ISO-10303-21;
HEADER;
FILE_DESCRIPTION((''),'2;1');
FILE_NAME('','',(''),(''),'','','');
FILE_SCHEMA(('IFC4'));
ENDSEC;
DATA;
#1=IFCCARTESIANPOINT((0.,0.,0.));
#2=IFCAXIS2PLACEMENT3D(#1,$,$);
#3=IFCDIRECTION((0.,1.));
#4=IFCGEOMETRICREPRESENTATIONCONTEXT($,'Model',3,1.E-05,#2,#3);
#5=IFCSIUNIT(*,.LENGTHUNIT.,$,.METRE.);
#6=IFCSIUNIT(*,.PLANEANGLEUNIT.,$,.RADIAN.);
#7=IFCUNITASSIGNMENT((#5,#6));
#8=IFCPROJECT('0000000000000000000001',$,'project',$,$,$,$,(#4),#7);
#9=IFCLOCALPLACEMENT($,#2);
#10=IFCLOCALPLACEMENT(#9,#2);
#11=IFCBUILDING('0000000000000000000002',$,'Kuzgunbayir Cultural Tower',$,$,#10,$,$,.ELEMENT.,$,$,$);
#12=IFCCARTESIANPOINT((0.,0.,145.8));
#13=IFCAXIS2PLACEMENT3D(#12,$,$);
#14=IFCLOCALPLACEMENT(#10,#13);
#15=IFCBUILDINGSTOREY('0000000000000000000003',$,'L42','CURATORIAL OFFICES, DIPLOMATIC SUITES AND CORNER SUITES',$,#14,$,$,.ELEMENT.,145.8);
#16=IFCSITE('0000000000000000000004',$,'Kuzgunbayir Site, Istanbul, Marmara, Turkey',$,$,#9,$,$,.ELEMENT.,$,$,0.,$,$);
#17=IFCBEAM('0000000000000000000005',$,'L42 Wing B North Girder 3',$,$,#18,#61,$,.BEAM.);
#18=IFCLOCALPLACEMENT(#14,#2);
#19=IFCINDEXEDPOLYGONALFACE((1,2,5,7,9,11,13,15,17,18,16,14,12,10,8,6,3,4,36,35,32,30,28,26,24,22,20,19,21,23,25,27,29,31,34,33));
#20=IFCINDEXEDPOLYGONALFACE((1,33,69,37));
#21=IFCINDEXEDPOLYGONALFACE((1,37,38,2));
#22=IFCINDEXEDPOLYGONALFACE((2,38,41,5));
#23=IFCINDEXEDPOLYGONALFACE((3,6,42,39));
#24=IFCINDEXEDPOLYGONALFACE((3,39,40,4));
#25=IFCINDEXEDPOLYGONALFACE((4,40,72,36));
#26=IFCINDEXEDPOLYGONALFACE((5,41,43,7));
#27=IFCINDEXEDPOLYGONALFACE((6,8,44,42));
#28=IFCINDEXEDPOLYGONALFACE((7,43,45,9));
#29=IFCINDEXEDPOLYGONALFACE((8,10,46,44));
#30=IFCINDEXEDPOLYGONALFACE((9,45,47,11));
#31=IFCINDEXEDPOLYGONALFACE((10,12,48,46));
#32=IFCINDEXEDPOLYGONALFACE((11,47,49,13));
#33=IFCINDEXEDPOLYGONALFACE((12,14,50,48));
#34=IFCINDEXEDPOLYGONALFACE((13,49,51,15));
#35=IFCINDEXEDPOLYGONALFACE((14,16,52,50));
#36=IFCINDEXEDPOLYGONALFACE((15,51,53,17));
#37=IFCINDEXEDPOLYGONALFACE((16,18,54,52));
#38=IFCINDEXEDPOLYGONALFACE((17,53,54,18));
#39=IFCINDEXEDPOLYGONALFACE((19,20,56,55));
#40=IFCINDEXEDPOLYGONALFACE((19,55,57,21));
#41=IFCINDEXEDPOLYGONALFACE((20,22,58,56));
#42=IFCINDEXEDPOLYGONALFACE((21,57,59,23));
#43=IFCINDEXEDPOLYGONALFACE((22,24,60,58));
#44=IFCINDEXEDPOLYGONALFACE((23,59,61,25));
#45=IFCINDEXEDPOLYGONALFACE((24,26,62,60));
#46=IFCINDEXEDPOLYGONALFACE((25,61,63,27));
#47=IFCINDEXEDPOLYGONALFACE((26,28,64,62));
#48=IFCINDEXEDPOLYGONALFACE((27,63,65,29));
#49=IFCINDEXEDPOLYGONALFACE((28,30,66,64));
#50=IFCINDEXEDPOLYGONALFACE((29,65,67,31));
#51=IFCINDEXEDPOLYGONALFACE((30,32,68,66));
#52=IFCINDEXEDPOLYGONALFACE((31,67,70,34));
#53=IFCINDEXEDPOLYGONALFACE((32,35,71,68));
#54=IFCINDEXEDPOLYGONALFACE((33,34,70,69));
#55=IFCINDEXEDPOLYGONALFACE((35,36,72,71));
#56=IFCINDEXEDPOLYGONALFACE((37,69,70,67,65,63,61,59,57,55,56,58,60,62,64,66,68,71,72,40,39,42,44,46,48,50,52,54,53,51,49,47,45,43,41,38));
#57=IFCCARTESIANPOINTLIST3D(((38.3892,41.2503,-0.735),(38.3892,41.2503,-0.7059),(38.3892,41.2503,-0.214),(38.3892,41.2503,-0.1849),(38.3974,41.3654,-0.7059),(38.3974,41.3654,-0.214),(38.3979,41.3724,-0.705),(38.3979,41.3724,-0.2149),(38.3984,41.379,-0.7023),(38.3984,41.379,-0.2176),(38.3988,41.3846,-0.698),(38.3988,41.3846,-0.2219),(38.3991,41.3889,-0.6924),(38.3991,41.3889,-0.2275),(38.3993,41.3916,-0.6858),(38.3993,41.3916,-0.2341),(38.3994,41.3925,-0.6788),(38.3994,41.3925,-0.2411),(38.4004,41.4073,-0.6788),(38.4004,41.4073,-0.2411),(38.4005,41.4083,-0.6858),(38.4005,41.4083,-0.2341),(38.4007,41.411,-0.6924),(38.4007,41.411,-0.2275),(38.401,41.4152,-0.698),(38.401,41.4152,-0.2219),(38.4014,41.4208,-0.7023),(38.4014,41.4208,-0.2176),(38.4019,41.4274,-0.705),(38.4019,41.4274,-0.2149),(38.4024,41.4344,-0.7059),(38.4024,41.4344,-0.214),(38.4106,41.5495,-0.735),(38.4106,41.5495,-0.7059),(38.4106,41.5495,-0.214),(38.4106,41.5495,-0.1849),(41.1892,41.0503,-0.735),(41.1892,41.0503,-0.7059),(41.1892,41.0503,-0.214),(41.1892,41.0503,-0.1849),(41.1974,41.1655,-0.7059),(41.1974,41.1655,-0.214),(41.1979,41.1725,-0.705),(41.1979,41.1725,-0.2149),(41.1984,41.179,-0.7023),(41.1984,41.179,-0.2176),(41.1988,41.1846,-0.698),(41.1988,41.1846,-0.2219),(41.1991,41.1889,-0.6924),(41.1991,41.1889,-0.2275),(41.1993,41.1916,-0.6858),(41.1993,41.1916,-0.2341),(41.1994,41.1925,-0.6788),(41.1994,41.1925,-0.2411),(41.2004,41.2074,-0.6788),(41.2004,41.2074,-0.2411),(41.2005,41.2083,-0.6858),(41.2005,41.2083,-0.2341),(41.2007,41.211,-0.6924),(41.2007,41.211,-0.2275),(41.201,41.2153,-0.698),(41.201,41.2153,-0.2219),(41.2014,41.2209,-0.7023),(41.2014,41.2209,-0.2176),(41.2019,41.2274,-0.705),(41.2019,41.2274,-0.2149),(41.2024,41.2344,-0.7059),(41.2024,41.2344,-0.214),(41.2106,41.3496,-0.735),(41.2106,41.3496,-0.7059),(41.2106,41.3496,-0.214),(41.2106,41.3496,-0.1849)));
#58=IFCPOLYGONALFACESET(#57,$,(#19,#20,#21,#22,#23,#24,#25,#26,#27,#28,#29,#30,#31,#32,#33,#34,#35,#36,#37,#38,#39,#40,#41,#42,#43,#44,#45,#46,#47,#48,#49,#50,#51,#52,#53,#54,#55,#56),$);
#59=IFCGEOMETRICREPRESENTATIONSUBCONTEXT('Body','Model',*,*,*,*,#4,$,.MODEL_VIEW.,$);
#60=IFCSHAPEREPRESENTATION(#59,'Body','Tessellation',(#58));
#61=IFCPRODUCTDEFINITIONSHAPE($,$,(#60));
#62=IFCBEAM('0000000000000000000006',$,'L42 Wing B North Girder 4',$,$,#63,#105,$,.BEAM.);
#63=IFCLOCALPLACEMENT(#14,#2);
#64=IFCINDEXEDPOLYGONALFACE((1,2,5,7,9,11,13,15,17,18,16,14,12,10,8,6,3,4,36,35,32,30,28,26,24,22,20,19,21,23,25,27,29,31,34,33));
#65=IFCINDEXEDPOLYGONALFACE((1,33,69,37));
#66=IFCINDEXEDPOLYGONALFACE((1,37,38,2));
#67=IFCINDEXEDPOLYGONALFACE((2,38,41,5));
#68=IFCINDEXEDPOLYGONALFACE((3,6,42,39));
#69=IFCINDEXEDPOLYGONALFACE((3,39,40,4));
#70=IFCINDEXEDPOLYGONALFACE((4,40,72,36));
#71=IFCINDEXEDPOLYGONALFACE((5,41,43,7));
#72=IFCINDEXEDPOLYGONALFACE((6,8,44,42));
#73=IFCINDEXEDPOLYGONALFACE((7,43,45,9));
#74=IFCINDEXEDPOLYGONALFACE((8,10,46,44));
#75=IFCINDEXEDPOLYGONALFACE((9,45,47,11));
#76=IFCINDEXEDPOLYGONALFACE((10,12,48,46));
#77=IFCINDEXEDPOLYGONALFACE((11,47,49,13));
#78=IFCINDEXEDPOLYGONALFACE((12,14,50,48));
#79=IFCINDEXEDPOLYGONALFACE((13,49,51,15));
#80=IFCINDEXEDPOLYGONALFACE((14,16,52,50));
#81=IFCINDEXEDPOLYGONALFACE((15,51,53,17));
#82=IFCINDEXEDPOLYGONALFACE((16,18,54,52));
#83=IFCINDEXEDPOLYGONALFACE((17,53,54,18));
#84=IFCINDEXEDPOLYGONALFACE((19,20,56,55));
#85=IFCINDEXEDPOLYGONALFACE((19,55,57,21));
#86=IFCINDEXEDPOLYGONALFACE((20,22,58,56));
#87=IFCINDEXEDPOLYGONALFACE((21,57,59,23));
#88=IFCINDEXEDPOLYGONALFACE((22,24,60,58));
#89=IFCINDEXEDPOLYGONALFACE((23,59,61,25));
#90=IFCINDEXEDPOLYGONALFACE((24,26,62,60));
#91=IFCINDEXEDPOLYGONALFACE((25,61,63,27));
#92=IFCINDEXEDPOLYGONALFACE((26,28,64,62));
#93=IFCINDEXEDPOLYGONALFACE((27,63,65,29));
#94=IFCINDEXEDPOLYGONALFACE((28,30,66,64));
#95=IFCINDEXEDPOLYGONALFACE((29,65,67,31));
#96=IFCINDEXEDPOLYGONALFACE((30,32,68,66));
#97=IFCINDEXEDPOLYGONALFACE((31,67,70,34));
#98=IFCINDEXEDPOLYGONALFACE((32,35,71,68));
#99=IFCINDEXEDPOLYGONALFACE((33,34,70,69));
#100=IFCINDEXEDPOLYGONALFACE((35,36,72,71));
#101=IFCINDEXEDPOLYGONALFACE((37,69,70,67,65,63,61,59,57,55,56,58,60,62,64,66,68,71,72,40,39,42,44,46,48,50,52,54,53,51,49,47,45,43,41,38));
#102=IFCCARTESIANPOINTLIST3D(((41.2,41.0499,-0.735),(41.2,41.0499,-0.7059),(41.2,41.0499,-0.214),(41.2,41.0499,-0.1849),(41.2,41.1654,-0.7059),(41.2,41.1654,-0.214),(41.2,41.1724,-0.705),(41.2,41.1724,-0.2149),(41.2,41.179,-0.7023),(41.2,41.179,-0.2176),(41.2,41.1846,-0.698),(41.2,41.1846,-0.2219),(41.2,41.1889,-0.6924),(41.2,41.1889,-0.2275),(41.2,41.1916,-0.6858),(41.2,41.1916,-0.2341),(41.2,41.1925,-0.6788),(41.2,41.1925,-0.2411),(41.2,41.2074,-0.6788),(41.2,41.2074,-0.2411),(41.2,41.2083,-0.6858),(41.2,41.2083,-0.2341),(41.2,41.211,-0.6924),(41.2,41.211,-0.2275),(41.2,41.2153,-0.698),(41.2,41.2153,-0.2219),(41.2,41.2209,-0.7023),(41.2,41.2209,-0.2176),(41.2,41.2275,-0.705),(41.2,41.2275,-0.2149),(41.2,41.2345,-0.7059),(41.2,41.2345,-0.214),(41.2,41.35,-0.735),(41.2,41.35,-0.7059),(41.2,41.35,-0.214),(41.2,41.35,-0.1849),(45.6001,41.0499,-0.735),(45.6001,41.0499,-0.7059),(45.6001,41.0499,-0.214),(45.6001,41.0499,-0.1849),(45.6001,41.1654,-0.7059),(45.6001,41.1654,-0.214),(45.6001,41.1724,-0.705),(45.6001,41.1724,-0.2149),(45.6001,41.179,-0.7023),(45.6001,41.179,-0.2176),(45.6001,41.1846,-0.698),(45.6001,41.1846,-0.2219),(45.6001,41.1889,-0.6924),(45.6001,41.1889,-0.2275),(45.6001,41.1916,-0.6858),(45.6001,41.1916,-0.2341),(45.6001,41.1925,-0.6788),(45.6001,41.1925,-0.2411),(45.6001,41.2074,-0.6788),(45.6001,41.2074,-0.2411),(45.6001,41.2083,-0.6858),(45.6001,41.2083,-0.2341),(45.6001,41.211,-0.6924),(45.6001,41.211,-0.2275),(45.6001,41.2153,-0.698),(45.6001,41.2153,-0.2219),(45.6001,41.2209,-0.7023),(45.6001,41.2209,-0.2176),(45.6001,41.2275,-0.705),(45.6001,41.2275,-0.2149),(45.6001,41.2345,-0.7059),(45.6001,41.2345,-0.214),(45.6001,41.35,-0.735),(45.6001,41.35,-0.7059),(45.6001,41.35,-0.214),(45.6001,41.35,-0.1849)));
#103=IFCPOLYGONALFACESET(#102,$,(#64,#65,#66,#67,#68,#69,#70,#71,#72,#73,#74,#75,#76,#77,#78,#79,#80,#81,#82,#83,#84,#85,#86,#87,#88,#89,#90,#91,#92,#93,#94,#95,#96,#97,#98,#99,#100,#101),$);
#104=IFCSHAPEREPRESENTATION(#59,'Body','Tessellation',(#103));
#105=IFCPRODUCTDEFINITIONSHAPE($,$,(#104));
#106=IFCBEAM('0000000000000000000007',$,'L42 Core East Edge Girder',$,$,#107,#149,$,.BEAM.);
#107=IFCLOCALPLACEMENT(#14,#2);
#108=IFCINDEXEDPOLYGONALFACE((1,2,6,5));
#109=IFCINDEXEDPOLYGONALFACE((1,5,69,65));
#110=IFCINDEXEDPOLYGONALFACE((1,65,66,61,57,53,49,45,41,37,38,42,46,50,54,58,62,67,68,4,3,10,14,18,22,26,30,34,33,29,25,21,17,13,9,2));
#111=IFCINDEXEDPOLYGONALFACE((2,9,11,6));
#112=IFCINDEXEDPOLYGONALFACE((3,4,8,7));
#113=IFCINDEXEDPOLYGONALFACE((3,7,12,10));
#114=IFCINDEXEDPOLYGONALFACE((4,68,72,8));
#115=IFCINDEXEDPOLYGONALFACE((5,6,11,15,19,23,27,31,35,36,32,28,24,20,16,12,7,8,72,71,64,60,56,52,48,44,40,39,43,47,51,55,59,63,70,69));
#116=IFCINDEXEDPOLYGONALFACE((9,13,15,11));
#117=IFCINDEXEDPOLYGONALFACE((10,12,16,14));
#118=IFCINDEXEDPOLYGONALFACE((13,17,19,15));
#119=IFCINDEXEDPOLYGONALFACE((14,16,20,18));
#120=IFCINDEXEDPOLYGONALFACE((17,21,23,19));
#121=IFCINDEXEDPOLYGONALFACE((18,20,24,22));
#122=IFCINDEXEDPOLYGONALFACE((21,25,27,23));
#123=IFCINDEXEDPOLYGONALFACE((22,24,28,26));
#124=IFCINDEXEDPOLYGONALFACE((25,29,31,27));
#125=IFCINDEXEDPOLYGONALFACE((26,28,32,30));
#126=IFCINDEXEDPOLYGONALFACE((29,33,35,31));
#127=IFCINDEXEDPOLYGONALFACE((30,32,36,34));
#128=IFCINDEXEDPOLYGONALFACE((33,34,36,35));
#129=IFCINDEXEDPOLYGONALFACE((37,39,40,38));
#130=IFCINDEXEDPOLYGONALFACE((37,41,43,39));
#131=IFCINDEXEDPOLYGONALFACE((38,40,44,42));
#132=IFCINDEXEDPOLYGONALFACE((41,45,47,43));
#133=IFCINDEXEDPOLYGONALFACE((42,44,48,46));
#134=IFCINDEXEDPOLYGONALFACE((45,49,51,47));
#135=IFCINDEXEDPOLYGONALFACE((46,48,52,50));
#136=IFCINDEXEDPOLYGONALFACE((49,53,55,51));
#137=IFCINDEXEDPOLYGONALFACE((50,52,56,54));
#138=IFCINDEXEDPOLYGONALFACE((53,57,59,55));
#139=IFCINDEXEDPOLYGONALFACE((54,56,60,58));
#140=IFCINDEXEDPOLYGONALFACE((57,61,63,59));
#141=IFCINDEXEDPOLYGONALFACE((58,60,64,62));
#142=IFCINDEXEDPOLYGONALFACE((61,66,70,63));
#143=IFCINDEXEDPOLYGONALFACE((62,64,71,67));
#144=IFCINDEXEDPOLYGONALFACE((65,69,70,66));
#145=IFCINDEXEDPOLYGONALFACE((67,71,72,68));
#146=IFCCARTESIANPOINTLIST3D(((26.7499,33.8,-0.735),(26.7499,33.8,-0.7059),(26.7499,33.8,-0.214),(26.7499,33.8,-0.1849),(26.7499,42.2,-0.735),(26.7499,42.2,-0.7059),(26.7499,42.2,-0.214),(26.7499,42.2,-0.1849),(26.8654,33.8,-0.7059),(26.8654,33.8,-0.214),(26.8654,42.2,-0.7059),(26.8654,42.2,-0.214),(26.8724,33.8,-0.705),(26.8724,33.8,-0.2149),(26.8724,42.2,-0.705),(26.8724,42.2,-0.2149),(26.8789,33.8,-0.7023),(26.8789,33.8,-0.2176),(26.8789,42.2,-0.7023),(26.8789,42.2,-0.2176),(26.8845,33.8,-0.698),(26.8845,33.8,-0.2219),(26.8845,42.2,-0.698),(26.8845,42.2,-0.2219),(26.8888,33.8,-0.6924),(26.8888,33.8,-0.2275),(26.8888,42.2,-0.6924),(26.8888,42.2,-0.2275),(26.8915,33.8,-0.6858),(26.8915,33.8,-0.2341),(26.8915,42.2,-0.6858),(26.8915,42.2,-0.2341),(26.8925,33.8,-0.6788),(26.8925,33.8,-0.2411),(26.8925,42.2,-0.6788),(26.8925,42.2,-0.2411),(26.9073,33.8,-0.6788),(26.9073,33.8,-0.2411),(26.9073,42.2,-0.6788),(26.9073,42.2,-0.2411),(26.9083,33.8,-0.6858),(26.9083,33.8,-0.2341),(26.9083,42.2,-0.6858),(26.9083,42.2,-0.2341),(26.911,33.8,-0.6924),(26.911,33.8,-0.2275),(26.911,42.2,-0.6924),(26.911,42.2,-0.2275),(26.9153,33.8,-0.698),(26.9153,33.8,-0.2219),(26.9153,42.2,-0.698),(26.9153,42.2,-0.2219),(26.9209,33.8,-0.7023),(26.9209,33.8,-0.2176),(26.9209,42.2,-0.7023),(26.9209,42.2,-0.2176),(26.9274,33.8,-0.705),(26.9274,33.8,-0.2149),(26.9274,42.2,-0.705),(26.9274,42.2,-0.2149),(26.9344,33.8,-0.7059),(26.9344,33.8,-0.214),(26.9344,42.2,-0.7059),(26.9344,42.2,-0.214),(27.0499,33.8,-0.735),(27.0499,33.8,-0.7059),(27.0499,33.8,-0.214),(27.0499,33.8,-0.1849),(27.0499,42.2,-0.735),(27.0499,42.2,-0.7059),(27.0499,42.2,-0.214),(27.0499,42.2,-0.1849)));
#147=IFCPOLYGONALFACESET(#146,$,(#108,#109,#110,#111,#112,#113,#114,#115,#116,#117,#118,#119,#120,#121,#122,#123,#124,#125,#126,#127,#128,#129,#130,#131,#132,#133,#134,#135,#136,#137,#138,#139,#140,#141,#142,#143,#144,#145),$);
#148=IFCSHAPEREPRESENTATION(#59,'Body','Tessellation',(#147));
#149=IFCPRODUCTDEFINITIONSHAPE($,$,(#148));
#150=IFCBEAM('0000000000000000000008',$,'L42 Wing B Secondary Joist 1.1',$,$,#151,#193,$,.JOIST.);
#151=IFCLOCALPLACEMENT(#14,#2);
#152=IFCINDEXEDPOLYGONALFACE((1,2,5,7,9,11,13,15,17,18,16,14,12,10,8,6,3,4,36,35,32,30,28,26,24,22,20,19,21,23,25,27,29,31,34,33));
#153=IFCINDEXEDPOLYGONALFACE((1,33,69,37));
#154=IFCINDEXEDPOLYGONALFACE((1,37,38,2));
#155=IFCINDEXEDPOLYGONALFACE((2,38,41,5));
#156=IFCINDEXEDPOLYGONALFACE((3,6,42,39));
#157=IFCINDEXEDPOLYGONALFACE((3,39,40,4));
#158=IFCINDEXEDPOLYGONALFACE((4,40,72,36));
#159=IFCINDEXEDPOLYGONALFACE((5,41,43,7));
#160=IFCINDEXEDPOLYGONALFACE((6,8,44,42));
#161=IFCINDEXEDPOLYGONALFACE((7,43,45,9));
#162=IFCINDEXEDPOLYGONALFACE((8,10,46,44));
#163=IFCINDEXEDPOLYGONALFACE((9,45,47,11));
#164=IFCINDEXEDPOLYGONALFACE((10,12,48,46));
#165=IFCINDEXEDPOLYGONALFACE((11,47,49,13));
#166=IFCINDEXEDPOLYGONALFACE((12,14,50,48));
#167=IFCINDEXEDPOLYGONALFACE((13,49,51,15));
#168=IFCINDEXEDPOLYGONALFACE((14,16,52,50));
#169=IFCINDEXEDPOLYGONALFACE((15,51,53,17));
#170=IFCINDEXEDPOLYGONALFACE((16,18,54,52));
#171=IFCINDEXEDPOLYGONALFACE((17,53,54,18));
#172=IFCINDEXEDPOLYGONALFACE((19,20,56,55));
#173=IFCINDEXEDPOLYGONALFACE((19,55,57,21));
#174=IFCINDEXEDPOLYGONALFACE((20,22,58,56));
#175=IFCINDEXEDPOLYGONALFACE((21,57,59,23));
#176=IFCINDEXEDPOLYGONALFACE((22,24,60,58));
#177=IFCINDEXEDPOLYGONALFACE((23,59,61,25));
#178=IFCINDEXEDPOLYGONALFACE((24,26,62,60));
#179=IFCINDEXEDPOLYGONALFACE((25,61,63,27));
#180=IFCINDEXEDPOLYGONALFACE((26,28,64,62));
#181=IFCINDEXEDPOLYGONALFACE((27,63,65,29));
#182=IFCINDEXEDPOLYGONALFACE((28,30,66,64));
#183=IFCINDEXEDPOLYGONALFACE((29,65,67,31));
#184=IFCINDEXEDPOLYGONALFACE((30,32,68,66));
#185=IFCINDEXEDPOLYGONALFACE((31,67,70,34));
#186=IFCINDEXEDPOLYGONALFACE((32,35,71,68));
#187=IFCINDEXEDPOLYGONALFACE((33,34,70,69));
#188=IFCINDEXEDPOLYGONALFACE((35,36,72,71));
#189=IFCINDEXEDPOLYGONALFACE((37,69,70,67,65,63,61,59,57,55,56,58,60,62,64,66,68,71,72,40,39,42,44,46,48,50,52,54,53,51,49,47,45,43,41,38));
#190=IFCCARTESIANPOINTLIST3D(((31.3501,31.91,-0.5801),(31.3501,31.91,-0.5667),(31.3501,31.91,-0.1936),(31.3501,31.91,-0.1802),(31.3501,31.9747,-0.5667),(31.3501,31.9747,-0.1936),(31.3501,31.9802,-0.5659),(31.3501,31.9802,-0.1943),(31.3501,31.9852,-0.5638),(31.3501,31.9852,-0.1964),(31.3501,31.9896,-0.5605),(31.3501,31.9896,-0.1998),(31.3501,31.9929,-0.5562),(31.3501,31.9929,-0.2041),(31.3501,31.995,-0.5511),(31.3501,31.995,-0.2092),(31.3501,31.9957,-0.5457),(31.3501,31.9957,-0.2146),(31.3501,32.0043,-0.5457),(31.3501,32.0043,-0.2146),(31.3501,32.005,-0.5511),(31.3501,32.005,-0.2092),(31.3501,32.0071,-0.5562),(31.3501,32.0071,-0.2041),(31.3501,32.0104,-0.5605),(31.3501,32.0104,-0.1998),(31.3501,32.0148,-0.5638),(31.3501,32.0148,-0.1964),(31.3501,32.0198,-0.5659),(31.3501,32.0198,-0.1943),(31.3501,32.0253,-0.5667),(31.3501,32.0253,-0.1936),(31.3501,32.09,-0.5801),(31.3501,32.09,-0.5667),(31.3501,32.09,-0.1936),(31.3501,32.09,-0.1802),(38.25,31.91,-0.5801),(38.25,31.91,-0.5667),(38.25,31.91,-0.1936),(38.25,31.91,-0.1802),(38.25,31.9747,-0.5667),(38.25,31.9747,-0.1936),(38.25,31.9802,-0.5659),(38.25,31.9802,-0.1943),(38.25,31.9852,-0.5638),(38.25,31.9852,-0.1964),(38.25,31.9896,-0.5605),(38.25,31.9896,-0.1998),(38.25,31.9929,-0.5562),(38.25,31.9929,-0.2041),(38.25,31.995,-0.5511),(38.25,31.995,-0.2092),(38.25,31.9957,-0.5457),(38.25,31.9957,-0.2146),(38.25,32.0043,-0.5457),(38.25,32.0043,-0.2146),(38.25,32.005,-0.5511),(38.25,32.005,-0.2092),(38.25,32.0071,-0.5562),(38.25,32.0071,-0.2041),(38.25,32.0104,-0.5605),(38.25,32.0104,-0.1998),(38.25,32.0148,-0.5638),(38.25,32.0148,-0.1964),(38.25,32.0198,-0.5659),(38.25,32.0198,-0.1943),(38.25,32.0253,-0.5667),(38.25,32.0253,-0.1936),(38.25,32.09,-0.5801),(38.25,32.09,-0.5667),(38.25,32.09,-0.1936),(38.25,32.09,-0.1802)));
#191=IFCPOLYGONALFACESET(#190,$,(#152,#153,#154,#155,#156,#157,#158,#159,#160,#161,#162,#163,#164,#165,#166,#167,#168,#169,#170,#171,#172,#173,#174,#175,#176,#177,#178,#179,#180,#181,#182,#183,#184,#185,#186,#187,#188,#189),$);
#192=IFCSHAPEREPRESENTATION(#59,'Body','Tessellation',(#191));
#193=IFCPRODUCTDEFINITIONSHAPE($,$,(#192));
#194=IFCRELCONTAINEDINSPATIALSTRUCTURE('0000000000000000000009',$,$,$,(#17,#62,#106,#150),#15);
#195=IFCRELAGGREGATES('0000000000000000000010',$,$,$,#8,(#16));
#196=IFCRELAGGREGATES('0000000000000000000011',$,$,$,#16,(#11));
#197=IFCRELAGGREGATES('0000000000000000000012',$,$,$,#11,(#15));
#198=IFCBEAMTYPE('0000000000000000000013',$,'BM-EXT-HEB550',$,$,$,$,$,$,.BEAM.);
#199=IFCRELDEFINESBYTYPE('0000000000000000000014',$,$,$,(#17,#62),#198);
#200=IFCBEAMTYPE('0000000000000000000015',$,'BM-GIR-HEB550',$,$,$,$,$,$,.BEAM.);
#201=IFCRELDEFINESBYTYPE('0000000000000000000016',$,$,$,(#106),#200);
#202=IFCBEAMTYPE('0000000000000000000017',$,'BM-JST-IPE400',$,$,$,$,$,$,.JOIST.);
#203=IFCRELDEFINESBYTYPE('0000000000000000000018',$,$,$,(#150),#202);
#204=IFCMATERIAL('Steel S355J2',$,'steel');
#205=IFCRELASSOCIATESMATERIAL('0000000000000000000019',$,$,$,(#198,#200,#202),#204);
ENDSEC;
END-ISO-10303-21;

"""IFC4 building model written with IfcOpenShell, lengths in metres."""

from ifc_helpers import new_model, si_unit, direction, frame, origin, origin_2d, place, context, subcontext, project, spatial, i_section, extrude, material, material_profile, profile_set, type_object, element, save


model = new_model("IFC4")

# Units and contexts
model_context = context("Model", 3, precision=1e-05, world=origin(), true_north=direction((0.0, 1.0)))
body_context = subcontext(model_context, "Body", "Model", "MODEL_VIEW")
ifc_project = project(units=[si_unit("LENGTHUNIT", "METRE"), si_unit("PLANEANGLEUNIT", "RADIAN")], contexts=[model_context])

# Site, building, storey
site_placement = place(None, origin())
site = spatial("IfcSite", under=ifc_project, at=site_placement, Name="Kuzgunbayir Site, Istanbul, Marmara, Turkey", CompositionType="ELEMENT", RefElevation=0.0)
building_placement = place(site_placement, origin())
building = spatial("IfcBuilding", under=site, at=building_placement, Name="Kuzgunbayir Cultural Tower", CompositionType="ELEMENT")
storey_placement = place(building_placement, frame((0.0, 0.0, 145.8)))
storey = spatial("IfcBuildingStorey", under=building, at=storey_placement, Name="L42", Description="CURATORIAL OFFICES, DIPLOMATIC SUITES AND CORNER SUITES", CompositionType="ELEMENT", Elevation=145.8)

# Beams
ifc_material_1 = material(Name="Steel S355J2", Category="steel")
ifc_material_profile_1 = material_profile(ifc_material_1, i_section(OverallWidth=0.3, OverallDepth=0.55, WebThickness=0.0149, FlangeThickness=0.0291, FilletRadius=0.0271, at=origin_2d()), Name="HEB 550")
ifc_profile_set_1 = profile_set([ifc_material_profile_1], Name="Steel S355J2")
beam_type_1 = type_object("IfcBeamType", Name="BM-EXT-HEB550", PredefinedType="BEAM", material=ifc_profile_set_1)
beam_1_placement = place(storey_placement, frame((38.3999, 41.3999, -0.46), z_axis=(0.99746, -0.071229, 0.0), x_axis=(0.071229, 0.99746, 0.0)))
element("IfcBeam", 1, at=beam_1_placement, inside=storey, type_object=beam_type_1, Name="L42 Wing B North Girder 3", PredefinedType="BEAM", context=body_context, shape_type="SweptSolid", body=[
    extrude(i_section(OverallWidth=0.3, OverallDepth=0.55, WebThickness=0.0149, FlangeThickness=0.0291, FilletRadius=0.0271, at=origin_2d()), origin(), (0.0, 0.0, 1.0), 2.8071),
])
beam_2_placement = place(storey_placement, frame((41.2, 41.2, -0.46), z_axis=(1.0, 0.0, 0.0), x_axis=(0.0, 1.0, 0.0)))
element("IfcBeam", 2, at=beam_2_placement, inside=storey, type_object=beam_type_1, Name="L42 Wing B North Girder 4", PredefinedType="BEAM", context=body_context, shape_type="SweptSolid", body=[
    extrude(i_section(OverallWidth=0.3, OverallDepth=0.55, WebThickness=0.0149, FlangeThickness=0.0291, FilletRadius=0.0271, at=origin_2d()), origin(), (0.0, 0.0, 1.0), 4.4001),
])
ifc_material_profile_2 = material_profile(ifc_material_1, i_section(OverallWidth=0.3, OverallDepth=0.55, WebThickness=0.0149, FlangeThickness=0.0291, FilletRadius=0.0271, at=origin_2d()), Name="HEB 550")
ifc_profile_set_2 = profile_set([ifc_material_profile_2], Name="Steel S355J2")
beam_type_2 = type_object("IfcBeamType", Name="BM-GIR-HEB550", PredefinedType="BEAM", material=ifc_profile_set_2)
beam_3_placement = place(storey_placement, frame((26.8999, 33.8, -0.46), z_axis=(0.0, 1.0, 0.0), x_axis=(-1.0, 0.0, 0.0)))
element("IfcBeam", 3, at=beam_3_placement, inside=storey, type_object=beam_type_2, Name="L42 Core East Edge Girder", PredefinedType="BEAM", context=body_context, shape_type="SweptSolid", body=[
    extrude(i_section(OverallWidth=0.3, OverallDepth=0.55, WebThickness=0.0149, FlangeThickness=0.0291, FilletRadius=0.0271, at=origin_2d()), origin(), (0.0, 0.0, 1.0), 8.3999),
])
ifc_material_profile_3 = material_profile(ifc_material_1, i_section(OverallWidth=0.1799, OverallDepth=0.3999, WebThickness=0.0085, FlangeThickness=0.0134, FilletRadius=0.021, at=origin_2d()), Name="IPE 400")
ifc_profile_set_3 = profile_set([ifc_material_profile_3], Name="Steel S355J2")
beam_type_3 = type_object("IfcBeamType", Name="BM-JST-IPE400", PredefinedType="JOIST", material=ifc_profile_set_3)
for number, where, z_axis, x_axis, name in (
    (4, (31.3501, 32.0, -0.3801), (1.0, 0.0, 0.0), (0.0, 1.0, 0.0), "L42 Wing B Secondary Joist 1.1"),
):
    element("IfcBeam", number, at=place(storey_placement, frame(where, z_axis=z_axis, x_axis=x_axis)), inside=storey, type_object=beam_type_3, Name=name, PredefinedType="JOIST", context=body_context, shape_type="SweptSolid", body=[
        extrude(i_section(OverallWidth=0.1799, OverallDepth=0.3999, WebThickness=0.0085, FlangeThickness=0.0134, FilletRadius=0.021, at=origin_2d()), origin(), (0.0, 0.0, 1.0), 6.8999),
    ])

save(model, "model.ifc")
